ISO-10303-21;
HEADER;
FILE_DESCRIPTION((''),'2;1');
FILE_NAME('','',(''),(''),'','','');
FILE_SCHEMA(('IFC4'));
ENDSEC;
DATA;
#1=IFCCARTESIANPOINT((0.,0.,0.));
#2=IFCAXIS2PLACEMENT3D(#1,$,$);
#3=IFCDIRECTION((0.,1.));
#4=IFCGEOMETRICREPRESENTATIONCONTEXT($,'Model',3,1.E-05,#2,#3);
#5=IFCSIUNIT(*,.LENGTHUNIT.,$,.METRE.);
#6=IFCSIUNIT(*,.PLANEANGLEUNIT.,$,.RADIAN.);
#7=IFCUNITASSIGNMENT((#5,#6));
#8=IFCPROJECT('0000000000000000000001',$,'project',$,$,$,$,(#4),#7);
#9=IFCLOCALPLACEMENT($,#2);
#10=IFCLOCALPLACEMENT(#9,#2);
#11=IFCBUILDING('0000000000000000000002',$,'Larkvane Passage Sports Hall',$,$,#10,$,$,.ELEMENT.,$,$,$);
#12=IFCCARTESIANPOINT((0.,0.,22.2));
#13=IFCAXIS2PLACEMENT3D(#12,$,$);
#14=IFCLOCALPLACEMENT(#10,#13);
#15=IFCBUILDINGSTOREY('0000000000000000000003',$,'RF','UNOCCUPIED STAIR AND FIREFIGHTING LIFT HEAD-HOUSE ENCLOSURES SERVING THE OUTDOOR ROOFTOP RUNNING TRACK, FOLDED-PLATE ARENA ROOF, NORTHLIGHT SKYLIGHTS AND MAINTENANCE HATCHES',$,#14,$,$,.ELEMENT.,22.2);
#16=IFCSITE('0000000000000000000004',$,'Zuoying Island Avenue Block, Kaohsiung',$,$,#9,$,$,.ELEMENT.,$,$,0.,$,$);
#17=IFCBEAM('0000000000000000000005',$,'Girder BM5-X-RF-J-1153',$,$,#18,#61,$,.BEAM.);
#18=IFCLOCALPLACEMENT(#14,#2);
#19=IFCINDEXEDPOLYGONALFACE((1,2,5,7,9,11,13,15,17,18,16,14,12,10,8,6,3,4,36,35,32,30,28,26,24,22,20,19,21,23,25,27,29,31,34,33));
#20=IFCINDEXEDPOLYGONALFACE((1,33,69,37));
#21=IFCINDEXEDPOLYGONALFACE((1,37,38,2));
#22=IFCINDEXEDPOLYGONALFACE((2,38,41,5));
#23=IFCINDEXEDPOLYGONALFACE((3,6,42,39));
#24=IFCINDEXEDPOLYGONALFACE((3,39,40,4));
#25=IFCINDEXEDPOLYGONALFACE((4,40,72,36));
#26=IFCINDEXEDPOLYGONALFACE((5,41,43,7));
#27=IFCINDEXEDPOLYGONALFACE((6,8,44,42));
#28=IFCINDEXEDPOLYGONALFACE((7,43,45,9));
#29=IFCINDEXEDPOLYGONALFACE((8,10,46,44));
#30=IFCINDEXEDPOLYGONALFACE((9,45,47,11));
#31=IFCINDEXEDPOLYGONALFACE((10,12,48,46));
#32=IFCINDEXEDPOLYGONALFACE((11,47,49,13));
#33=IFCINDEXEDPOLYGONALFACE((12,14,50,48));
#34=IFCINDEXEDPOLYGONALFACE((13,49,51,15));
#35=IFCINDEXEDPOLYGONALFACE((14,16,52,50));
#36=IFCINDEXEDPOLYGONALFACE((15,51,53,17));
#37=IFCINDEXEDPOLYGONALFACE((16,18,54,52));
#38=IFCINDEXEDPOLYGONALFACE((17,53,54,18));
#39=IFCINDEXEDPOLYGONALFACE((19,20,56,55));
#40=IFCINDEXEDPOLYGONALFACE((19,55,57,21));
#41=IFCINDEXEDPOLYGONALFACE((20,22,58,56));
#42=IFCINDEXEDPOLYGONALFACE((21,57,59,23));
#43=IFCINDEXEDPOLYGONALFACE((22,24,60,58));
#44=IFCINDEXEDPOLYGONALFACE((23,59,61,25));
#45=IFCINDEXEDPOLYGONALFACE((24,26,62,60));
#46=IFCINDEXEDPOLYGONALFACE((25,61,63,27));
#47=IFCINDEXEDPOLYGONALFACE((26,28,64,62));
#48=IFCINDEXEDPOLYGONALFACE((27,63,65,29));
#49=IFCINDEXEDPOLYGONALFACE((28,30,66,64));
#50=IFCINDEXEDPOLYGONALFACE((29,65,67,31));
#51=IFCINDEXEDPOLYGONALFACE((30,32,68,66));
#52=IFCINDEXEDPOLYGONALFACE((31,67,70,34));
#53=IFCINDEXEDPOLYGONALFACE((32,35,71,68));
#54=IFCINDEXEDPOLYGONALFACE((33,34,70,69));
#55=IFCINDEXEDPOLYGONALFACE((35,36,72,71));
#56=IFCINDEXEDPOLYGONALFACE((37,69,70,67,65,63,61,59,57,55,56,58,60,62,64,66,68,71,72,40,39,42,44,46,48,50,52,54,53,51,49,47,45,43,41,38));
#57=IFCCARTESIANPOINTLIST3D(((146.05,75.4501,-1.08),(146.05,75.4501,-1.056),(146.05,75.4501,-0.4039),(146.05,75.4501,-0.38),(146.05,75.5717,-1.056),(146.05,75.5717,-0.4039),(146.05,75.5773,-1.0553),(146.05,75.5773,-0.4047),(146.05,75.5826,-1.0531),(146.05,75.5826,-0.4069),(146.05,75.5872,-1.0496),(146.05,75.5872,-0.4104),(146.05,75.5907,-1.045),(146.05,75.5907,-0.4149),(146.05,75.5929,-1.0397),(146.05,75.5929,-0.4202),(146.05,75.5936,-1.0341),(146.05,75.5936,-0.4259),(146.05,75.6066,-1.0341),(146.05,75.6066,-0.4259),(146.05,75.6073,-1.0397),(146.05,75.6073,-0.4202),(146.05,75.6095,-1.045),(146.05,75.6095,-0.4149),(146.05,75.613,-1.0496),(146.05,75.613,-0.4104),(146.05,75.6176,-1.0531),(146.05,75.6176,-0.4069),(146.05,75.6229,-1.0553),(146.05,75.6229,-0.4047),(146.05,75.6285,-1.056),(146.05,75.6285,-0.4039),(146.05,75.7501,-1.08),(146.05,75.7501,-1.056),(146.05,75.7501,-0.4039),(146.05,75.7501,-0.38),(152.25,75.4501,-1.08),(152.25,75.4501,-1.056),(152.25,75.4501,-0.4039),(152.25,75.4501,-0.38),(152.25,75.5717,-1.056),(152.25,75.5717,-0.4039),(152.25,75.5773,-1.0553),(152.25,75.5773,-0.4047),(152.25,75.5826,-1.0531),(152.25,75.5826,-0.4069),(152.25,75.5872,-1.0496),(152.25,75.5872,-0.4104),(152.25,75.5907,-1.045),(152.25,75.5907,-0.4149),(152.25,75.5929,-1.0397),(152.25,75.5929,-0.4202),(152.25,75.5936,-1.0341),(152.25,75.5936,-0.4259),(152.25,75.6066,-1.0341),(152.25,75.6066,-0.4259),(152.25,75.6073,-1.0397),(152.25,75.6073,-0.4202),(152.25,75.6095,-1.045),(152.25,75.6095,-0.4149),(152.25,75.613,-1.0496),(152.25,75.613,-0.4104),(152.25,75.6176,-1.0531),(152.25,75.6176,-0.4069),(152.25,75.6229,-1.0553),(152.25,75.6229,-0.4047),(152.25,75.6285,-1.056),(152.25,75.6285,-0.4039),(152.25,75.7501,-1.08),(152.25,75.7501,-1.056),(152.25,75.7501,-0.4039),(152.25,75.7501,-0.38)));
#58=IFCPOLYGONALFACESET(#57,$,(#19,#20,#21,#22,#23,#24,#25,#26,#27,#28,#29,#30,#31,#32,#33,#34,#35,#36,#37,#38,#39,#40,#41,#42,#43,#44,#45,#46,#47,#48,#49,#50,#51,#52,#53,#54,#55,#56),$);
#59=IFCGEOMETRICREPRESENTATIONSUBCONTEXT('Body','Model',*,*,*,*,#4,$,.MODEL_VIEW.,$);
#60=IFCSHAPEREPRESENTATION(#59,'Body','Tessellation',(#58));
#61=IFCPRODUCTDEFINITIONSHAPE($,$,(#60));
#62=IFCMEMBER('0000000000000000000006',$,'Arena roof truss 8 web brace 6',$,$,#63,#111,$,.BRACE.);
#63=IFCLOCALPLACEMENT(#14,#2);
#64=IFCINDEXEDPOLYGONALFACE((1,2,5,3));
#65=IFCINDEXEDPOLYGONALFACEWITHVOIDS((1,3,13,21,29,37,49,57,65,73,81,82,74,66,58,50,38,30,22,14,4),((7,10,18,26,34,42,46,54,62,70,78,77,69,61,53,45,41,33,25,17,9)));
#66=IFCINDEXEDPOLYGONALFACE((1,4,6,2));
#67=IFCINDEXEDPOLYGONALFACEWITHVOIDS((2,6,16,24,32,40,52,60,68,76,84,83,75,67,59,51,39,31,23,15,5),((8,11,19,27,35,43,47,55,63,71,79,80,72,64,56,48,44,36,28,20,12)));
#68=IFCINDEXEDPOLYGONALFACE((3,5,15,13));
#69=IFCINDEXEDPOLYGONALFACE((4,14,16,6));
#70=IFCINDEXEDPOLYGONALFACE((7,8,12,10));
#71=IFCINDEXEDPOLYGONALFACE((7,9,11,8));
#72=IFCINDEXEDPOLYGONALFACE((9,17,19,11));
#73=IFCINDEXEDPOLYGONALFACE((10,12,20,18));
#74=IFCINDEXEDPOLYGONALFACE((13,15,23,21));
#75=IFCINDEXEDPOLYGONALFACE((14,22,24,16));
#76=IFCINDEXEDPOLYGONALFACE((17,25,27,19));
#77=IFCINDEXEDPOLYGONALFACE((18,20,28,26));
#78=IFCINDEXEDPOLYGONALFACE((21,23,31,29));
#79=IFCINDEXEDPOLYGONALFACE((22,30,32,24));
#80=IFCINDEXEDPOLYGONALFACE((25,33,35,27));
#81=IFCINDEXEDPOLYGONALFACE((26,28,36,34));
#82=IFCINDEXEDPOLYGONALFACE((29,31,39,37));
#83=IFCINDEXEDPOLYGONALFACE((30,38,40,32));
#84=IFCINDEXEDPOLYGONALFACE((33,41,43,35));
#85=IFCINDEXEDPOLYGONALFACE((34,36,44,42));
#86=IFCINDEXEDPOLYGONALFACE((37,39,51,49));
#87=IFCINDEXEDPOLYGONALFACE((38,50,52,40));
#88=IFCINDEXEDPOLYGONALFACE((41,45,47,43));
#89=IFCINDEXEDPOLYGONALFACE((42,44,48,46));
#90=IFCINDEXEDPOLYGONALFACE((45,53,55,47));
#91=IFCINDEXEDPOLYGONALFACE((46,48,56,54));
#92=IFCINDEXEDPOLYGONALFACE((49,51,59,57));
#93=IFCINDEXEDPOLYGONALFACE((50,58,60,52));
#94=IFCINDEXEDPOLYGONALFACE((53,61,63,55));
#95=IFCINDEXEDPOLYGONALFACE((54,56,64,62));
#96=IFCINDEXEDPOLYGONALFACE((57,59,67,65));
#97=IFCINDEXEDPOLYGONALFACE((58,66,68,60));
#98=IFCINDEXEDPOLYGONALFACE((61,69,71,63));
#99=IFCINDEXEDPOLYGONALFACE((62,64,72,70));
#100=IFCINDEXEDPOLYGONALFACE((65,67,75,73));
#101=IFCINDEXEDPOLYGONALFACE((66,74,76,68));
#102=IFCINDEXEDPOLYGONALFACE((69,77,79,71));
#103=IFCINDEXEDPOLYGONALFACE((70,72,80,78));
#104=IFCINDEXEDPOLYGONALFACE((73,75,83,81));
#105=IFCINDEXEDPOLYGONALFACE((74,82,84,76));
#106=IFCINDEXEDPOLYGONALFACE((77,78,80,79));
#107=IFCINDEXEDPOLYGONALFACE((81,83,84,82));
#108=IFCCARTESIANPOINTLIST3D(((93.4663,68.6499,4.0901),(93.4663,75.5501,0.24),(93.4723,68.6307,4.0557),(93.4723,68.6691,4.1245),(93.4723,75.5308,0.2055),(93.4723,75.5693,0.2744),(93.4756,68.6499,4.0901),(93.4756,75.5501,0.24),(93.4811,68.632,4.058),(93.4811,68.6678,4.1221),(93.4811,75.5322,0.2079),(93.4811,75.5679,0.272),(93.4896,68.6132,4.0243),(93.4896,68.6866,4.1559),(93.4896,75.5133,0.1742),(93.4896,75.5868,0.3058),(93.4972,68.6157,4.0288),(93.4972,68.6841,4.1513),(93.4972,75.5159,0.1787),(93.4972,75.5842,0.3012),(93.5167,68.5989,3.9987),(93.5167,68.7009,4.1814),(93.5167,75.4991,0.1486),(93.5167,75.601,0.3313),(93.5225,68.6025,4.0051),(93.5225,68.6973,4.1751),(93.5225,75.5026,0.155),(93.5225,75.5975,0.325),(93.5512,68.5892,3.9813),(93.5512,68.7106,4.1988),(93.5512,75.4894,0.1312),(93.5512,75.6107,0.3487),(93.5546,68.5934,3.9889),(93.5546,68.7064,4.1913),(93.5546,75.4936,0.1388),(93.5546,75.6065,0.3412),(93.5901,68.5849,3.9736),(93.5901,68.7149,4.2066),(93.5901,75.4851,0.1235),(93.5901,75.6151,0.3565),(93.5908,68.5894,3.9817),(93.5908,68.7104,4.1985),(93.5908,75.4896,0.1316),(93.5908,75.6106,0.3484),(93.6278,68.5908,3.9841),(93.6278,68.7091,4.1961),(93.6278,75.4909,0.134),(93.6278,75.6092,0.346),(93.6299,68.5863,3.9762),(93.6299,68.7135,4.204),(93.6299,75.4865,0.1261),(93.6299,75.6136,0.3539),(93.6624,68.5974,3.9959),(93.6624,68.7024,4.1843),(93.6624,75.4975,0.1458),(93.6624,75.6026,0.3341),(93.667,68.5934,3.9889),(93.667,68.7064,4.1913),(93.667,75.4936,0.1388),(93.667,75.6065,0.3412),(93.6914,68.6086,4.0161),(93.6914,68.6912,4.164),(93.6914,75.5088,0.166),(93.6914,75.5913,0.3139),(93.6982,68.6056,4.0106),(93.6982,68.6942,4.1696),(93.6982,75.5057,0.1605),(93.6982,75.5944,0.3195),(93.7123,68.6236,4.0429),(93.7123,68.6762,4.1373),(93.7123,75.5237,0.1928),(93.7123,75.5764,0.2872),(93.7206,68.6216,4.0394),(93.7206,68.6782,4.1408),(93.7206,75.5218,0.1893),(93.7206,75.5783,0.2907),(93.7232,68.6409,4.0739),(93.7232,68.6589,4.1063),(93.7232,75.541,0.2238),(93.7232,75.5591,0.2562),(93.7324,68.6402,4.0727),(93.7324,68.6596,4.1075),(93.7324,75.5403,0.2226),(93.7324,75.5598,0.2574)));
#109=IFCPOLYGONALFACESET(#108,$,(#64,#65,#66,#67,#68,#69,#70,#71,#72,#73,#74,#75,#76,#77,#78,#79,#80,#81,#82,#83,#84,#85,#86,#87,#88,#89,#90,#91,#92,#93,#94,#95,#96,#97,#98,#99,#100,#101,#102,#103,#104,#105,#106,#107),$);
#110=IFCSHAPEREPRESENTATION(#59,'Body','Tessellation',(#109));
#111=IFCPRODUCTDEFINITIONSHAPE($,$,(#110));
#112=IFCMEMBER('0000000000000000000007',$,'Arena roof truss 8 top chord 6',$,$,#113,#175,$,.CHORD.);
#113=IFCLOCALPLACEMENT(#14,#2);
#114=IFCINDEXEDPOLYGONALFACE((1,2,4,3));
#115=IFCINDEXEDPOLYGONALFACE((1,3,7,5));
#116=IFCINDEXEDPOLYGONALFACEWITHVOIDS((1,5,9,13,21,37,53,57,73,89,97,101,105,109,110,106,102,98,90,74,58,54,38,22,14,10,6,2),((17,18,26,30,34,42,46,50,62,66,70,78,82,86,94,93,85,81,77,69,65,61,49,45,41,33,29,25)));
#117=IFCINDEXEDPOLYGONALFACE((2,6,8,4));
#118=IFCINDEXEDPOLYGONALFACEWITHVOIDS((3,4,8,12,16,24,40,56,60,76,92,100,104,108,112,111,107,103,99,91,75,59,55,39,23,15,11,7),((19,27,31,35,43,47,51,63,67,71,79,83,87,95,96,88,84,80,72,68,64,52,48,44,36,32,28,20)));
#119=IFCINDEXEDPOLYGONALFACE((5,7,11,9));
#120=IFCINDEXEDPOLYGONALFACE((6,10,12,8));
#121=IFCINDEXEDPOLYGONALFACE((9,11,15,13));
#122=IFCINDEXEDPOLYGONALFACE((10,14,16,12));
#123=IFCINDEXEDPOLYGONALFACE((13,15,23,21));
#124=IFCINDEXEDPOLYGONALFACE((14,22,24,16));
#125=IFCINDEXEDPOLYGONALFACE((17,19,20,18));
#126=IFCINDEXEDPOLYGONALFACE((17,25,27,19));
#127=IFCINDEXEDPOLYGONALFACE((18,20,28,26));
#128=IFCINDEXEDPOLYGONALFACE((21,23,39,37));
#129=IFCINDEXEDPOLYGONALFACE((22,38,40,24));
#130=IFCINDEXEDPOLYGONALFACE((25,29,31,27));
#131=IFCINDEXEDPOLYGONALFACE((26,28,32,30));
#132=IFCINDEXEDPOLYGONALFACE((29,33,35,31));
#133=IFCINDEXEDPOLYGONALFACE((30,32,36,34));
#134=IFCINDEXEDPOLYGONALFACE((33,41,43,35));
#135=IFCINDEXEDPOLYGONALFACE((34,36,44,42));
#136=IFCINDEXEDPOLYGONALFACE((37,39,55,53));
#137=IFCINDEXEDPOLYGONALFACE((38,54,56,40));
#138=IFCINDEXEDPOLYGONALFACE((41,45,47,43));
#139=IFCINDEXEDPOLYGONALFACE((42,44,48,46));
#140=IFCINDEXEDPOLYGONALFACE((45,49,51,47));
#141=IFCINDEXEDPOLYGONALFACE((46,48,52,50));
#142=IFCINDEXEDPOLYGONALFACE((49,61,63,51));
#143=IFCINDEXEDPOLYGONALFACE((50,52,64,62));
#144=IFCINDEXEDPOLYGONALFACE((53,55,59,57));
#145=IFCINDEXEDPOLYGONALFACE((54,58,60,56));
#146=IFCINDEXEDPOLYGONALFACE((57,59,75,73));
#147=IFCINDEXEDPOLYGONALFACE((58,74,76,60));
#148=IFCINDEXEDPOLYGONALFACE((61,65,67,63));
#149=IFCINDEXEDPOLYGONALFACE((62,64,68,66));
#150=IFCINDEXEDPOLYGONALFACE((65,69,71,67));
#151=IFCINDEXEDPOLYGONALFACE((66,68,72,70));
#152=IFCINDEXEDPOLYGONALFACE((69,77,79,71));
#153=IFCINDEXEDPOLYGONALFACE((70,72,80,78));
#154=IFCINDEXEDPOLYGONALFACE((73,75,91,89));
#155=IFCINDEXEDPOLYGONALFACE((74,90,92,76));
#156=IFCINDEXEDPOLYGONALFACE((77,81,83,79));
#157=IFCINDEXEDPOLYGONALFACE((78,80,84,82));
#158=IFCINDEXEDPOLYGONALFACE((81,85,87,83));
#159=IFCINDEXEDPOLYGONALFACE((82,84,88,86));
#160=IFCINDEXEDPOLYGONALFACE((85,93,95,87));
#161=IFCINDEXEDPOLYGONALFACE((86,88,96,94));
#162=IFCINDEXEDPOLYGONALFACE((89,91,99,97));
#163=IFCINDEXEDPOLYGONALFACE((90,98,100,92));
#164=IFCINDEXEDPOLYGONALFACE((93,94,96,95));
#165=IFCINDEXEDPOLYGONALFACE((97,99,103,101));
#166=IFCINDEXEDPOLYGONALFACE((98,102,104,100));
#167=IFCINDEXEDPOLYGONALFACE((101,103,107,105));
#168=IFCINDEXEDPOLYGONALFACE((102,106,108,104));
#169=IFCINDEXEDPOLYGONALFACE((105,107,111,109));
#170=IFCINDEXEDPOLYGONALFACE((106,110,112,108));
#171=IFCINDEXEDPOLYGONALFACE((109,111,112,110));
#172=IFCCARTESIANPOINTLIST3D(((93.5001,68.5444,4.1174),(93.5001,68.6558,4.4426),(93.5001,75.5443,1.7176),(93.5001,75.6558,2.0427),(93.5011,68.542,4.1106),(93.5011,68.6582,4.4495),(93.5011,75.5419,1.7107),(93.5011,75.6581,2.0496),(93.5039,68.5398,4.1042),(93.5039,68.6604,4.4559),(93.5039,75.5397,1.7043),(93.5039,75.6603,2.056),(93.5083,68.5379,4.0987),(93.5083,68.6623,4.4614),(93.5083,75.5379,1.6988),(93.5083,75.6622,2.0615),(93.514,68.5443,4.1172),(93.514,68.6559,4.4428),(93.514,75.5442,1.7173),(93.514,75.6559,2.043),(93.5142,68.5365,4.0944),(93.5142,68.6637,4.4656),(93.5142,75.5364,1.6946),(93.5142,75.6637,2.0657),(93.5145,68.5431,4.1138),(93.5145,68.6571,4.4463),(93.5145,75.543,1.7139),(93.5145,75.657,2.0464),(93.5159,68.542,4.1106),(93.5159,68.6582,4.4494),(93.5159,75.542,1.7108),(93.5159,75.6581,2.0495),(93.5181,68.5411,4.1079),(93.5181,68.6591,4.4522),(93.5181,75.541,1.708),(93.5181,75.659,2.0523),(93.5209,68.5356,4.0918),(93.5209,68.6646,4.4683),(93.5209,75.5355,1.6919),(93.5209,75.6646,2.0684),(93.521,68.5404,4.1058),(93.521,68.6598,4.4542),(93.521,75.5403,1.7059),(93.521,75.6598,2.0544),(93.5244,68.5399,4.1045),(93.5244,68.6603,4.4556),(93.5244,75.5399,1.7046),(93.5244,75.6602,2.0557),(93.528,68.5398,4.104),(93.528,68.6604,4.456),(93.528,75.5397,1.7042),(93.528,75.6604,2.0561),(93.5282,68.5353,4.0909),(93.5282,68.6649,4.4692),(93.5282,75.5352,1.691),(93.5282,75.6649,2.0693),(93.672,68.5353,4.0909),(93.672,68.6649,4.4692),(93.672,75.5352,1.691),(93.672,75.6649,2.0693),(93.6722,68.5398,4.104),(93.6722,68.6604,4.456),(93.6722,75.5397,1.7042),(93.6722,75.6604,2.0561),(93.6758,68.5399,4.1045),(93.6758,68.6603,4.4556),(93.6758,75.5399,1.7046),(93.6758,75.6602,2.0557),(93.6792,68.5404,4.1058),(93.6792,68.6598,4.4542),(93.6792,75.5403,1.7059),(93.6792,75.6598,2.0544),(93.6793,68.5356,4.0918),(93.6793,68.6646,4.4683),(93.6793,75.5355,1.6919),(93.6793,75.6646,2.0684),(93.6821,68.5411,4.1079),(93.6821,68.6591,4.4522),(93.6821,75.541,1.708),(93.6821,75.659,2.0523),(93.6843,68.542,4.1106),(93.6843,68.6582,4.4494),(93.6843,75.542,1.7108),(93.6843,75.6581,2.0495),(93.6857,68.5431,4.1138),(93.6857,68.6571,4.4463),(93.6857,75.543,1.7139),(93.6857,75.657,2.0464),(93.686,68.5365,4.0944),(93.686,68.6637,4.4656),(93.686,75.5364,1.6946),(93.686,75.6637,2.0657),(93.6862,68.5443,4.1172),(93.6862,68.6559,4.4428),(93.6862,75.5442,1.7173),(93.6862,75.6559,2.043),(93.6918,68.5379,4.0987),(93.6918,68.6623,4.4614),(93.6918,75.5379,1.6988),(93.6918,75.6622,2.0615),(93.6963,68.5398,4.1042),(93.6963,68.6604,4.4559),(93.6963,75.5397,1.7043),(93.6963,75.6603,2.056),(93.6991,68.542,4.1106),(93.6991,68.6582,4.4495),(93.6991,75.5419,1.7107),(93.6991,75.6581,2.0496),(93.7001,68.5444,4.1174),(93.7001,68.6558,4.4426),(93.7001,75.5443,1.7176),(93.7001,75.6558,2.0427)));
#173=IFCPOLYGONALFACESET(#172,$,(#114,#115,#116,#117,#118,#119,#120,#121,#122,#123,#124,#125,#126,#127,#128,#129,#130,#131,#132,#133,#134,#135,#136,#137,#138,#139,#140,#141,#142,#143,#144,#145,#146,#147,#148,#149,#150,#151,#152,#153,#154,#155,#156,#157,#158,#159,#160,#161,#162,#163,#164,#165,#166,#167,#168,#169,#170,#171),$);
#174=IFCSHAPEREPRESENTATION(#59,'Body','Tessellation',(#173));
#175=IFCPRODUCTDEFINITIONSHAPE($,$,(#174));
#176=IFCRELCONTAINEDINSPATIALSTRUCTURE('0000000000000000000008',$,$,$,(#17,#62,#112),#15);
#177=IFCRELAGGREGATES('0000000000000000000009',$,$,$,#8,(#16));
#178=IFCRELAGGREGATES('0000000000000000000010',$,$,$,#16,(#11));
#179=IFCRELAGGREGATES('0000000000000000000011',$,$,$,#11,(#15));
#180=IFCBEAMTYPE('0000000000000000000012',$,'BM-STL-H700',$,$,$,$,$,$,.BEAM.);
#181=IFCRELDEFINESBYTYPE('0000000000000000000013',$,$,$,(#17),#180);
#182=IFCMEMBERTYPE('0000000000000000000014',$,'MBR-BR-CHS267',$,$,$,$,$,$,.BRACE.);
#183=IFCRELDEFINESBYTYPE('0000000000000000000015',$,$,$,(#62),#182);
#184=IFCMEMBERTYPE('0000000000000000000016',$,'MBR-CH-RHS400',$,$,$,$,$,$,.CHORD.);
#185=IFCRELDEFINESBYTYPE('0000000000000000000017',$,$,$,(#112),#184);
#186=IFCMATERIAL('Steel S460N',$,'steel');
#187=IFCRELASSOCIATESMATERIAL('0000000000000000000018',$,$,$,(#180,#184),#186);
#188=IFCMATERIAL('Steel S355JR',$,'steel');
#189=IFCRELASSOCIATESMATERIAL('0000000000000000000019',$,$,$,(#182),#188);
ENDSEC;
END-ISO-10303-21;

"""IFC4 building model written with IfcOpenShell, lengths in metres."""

from ifc_helpers import new_model, si_unit, direction, frame, origin, origin_2d, place, context, subcontext, project, spatial, hollow_rectangle, hollow_circle, i_section, extrude, material, material_profile, profile_set, type_object, element, save


model = new_model("IFC4")

# Units and contexts
model_context = context("Model", 3, precision=1e-05, world=origin(), true_north=direction((0.0, 1.0)))
body_context = subcontext(model_context, "Body", "Model", "MODEL_VIEW")
ifc_project = project(units=[si_unit("LENGTHUNIT", "METRE"), si_unit("PLANEANGLEUNIT", "RADIAN")], contexts=[model_context])

# Site, building, storey
site_placement = place(None, origin())
site = spatial("IfcSite", under=ifc_project, at=site_placement, Name="Zuoying Island Avenue Block, Kaohsiung", CompositionType="ELEMENT", RefElevation=0.0)
building_placement = place(site_placement, origin())
building = spatial("IfcBuilding", under=site, at=building_placement, Name="Larkvane Passage Sports Hall", CompositionType="ELEMENT")
storey_placement = place(building_placement, frame((0.0, 0.0, 22.2)))
storey = spatial("IfcBuildingStorey", under=building, at=storey_placement, Name="RF", Description="UNOCCUPIED STAIR AND FIREFIGHTING LIFT HEAD-HOUSE ENCLOSURES SERVING THE OUTDOOR ROOFTOP RUNNING TRACK, FOLDED-PLATE ARENA ROOF, NORTHLIGHT SKYLIGHTS AND MAINTENANCE HATCHES", CompositionType="ELEMENT", Elevation=22.2)

# Shared definitions
ifc_material_1 = material(Name="Steel S355JR", Category="steel")

# Beam
ifc_material_2 = material(Name="Steel S460N", Category="steel")
ifc_material_profile_1 = material_profile(ifc_material_2, i_section(OverallWidth=0.3, OverallDepth=0.7, WebThickness=0.0129, FlangeThickness=0.0239, FilletRadius=0.022, at=origin_2d()), Name="H-700x300x13x24")
ifc_profile_set_1 = profile_set([ifc_material_profile_1], Name="Steel S460N")
beam_type_1 = type_object("IfcBeamType", Name="BM-STL-H700", PredefinedType="BEAM", material=ifc_profile_set_1)
beam_1_placement = place(storey_placement, frame((146.05, 75.6001, -0.73), z_axis=(1.0, 0.0, 0.0), x_axis=(0.0, 1.0, 0.0)))
element("IfcBeam", 1, at=beam_1_placement, inside=storey, type_object=beam_type_1, Name="Girder BM5-X-RF-J-1153", PredefinedType="BEAM", context=body_context, shape_type="SweptSolid", body=[
    extrude(i_section(OverallWidth=0.3, OverallDepth=0.7, WebThickness=0.0129, FlangeThickness=0.0239, FilletRadius=0.022, at=origin_2d()), origin(), (0.0, 0.0, 1.0), 6.2),
])

# Members
ifc_material_profile_2 = material_profile(ifc_material_1, hollow_circle(Radius=0.1338, WallThickness=0.0093, at=origin_2d()), Name="CHS-267.4x9.3")
ifc_profile_set_2 = profile_set([ifc_material_profile_2], Name="Steel S355JR")
member_type_1 = type_object("IfcMemberType", Name="MBR-BR-CHS267", PredefinedType="BRACE", material=ifc_profile_set_2)
member_1_placement = place(storey_placement, frame((93.6001, 68.6499, 4.0901), z_axis=(0.0, 0.873259, -0.487255), x_axis=(-1.0, 0.0, 0.0)))
element("IfcMember", 2, at=member_1_placement, inside=storey, type_object=member_type_1, Name="Arena roof truss 8 web brace 6", PredefinedType="BRACE", context=body_context, shape_type="SweptSolid", body=[
    extrude(hollow_circle(Radius=0.1338, WallThickness=0.0093, at=origin_2d()), origin(), (0.0, 0.0, 1.0), 7.9016),
])
ifc_material_profile_3 = material_profile(ifc_material_2, hollow_rectangle(XDim=0.2, YDim=0.3999, WallThickness=0.0139, InnerFilletRadius=0.0139, OuterFilletRadius=0.0281, at=origin_2d()), Name="RHS-400x200x14")
ifc_profile_set_3 = profile_set([ifc_material_profile_3], Name="Steel S460N")
member_type_2 = type_object("IfcMemberType", Name="MBR-CH-RHS400", PredefinedType="CHORD", material=ifc_profile_set_3)
member_2_placement = place(storey_placement, frame((93.6001, 68.6001, 4.28), z_axis=(0.0, 0.94595, -0.324313), x_axis=(-1.0, 0.0, 0.0)))
element("IfcMember", 3, at=member_2_placement, inside=storey, type_object=member_type_2, Name="Arena roof truss 8 top chord 6", PredefinedType="CHORD", context=body_context, shape_type="SweptSolid", body=[
    extrude(hollow_rectangle(XDim=0.2, YDim=0.3999, WallThickness=0.0139, InnerFilletRadius=0.0139, OuterFilletRadius=0.0281, at=origin_2d()), origin(), (0.0, 0.0, 1.0), 7.3999),
])

save(model, "model.ifc")
